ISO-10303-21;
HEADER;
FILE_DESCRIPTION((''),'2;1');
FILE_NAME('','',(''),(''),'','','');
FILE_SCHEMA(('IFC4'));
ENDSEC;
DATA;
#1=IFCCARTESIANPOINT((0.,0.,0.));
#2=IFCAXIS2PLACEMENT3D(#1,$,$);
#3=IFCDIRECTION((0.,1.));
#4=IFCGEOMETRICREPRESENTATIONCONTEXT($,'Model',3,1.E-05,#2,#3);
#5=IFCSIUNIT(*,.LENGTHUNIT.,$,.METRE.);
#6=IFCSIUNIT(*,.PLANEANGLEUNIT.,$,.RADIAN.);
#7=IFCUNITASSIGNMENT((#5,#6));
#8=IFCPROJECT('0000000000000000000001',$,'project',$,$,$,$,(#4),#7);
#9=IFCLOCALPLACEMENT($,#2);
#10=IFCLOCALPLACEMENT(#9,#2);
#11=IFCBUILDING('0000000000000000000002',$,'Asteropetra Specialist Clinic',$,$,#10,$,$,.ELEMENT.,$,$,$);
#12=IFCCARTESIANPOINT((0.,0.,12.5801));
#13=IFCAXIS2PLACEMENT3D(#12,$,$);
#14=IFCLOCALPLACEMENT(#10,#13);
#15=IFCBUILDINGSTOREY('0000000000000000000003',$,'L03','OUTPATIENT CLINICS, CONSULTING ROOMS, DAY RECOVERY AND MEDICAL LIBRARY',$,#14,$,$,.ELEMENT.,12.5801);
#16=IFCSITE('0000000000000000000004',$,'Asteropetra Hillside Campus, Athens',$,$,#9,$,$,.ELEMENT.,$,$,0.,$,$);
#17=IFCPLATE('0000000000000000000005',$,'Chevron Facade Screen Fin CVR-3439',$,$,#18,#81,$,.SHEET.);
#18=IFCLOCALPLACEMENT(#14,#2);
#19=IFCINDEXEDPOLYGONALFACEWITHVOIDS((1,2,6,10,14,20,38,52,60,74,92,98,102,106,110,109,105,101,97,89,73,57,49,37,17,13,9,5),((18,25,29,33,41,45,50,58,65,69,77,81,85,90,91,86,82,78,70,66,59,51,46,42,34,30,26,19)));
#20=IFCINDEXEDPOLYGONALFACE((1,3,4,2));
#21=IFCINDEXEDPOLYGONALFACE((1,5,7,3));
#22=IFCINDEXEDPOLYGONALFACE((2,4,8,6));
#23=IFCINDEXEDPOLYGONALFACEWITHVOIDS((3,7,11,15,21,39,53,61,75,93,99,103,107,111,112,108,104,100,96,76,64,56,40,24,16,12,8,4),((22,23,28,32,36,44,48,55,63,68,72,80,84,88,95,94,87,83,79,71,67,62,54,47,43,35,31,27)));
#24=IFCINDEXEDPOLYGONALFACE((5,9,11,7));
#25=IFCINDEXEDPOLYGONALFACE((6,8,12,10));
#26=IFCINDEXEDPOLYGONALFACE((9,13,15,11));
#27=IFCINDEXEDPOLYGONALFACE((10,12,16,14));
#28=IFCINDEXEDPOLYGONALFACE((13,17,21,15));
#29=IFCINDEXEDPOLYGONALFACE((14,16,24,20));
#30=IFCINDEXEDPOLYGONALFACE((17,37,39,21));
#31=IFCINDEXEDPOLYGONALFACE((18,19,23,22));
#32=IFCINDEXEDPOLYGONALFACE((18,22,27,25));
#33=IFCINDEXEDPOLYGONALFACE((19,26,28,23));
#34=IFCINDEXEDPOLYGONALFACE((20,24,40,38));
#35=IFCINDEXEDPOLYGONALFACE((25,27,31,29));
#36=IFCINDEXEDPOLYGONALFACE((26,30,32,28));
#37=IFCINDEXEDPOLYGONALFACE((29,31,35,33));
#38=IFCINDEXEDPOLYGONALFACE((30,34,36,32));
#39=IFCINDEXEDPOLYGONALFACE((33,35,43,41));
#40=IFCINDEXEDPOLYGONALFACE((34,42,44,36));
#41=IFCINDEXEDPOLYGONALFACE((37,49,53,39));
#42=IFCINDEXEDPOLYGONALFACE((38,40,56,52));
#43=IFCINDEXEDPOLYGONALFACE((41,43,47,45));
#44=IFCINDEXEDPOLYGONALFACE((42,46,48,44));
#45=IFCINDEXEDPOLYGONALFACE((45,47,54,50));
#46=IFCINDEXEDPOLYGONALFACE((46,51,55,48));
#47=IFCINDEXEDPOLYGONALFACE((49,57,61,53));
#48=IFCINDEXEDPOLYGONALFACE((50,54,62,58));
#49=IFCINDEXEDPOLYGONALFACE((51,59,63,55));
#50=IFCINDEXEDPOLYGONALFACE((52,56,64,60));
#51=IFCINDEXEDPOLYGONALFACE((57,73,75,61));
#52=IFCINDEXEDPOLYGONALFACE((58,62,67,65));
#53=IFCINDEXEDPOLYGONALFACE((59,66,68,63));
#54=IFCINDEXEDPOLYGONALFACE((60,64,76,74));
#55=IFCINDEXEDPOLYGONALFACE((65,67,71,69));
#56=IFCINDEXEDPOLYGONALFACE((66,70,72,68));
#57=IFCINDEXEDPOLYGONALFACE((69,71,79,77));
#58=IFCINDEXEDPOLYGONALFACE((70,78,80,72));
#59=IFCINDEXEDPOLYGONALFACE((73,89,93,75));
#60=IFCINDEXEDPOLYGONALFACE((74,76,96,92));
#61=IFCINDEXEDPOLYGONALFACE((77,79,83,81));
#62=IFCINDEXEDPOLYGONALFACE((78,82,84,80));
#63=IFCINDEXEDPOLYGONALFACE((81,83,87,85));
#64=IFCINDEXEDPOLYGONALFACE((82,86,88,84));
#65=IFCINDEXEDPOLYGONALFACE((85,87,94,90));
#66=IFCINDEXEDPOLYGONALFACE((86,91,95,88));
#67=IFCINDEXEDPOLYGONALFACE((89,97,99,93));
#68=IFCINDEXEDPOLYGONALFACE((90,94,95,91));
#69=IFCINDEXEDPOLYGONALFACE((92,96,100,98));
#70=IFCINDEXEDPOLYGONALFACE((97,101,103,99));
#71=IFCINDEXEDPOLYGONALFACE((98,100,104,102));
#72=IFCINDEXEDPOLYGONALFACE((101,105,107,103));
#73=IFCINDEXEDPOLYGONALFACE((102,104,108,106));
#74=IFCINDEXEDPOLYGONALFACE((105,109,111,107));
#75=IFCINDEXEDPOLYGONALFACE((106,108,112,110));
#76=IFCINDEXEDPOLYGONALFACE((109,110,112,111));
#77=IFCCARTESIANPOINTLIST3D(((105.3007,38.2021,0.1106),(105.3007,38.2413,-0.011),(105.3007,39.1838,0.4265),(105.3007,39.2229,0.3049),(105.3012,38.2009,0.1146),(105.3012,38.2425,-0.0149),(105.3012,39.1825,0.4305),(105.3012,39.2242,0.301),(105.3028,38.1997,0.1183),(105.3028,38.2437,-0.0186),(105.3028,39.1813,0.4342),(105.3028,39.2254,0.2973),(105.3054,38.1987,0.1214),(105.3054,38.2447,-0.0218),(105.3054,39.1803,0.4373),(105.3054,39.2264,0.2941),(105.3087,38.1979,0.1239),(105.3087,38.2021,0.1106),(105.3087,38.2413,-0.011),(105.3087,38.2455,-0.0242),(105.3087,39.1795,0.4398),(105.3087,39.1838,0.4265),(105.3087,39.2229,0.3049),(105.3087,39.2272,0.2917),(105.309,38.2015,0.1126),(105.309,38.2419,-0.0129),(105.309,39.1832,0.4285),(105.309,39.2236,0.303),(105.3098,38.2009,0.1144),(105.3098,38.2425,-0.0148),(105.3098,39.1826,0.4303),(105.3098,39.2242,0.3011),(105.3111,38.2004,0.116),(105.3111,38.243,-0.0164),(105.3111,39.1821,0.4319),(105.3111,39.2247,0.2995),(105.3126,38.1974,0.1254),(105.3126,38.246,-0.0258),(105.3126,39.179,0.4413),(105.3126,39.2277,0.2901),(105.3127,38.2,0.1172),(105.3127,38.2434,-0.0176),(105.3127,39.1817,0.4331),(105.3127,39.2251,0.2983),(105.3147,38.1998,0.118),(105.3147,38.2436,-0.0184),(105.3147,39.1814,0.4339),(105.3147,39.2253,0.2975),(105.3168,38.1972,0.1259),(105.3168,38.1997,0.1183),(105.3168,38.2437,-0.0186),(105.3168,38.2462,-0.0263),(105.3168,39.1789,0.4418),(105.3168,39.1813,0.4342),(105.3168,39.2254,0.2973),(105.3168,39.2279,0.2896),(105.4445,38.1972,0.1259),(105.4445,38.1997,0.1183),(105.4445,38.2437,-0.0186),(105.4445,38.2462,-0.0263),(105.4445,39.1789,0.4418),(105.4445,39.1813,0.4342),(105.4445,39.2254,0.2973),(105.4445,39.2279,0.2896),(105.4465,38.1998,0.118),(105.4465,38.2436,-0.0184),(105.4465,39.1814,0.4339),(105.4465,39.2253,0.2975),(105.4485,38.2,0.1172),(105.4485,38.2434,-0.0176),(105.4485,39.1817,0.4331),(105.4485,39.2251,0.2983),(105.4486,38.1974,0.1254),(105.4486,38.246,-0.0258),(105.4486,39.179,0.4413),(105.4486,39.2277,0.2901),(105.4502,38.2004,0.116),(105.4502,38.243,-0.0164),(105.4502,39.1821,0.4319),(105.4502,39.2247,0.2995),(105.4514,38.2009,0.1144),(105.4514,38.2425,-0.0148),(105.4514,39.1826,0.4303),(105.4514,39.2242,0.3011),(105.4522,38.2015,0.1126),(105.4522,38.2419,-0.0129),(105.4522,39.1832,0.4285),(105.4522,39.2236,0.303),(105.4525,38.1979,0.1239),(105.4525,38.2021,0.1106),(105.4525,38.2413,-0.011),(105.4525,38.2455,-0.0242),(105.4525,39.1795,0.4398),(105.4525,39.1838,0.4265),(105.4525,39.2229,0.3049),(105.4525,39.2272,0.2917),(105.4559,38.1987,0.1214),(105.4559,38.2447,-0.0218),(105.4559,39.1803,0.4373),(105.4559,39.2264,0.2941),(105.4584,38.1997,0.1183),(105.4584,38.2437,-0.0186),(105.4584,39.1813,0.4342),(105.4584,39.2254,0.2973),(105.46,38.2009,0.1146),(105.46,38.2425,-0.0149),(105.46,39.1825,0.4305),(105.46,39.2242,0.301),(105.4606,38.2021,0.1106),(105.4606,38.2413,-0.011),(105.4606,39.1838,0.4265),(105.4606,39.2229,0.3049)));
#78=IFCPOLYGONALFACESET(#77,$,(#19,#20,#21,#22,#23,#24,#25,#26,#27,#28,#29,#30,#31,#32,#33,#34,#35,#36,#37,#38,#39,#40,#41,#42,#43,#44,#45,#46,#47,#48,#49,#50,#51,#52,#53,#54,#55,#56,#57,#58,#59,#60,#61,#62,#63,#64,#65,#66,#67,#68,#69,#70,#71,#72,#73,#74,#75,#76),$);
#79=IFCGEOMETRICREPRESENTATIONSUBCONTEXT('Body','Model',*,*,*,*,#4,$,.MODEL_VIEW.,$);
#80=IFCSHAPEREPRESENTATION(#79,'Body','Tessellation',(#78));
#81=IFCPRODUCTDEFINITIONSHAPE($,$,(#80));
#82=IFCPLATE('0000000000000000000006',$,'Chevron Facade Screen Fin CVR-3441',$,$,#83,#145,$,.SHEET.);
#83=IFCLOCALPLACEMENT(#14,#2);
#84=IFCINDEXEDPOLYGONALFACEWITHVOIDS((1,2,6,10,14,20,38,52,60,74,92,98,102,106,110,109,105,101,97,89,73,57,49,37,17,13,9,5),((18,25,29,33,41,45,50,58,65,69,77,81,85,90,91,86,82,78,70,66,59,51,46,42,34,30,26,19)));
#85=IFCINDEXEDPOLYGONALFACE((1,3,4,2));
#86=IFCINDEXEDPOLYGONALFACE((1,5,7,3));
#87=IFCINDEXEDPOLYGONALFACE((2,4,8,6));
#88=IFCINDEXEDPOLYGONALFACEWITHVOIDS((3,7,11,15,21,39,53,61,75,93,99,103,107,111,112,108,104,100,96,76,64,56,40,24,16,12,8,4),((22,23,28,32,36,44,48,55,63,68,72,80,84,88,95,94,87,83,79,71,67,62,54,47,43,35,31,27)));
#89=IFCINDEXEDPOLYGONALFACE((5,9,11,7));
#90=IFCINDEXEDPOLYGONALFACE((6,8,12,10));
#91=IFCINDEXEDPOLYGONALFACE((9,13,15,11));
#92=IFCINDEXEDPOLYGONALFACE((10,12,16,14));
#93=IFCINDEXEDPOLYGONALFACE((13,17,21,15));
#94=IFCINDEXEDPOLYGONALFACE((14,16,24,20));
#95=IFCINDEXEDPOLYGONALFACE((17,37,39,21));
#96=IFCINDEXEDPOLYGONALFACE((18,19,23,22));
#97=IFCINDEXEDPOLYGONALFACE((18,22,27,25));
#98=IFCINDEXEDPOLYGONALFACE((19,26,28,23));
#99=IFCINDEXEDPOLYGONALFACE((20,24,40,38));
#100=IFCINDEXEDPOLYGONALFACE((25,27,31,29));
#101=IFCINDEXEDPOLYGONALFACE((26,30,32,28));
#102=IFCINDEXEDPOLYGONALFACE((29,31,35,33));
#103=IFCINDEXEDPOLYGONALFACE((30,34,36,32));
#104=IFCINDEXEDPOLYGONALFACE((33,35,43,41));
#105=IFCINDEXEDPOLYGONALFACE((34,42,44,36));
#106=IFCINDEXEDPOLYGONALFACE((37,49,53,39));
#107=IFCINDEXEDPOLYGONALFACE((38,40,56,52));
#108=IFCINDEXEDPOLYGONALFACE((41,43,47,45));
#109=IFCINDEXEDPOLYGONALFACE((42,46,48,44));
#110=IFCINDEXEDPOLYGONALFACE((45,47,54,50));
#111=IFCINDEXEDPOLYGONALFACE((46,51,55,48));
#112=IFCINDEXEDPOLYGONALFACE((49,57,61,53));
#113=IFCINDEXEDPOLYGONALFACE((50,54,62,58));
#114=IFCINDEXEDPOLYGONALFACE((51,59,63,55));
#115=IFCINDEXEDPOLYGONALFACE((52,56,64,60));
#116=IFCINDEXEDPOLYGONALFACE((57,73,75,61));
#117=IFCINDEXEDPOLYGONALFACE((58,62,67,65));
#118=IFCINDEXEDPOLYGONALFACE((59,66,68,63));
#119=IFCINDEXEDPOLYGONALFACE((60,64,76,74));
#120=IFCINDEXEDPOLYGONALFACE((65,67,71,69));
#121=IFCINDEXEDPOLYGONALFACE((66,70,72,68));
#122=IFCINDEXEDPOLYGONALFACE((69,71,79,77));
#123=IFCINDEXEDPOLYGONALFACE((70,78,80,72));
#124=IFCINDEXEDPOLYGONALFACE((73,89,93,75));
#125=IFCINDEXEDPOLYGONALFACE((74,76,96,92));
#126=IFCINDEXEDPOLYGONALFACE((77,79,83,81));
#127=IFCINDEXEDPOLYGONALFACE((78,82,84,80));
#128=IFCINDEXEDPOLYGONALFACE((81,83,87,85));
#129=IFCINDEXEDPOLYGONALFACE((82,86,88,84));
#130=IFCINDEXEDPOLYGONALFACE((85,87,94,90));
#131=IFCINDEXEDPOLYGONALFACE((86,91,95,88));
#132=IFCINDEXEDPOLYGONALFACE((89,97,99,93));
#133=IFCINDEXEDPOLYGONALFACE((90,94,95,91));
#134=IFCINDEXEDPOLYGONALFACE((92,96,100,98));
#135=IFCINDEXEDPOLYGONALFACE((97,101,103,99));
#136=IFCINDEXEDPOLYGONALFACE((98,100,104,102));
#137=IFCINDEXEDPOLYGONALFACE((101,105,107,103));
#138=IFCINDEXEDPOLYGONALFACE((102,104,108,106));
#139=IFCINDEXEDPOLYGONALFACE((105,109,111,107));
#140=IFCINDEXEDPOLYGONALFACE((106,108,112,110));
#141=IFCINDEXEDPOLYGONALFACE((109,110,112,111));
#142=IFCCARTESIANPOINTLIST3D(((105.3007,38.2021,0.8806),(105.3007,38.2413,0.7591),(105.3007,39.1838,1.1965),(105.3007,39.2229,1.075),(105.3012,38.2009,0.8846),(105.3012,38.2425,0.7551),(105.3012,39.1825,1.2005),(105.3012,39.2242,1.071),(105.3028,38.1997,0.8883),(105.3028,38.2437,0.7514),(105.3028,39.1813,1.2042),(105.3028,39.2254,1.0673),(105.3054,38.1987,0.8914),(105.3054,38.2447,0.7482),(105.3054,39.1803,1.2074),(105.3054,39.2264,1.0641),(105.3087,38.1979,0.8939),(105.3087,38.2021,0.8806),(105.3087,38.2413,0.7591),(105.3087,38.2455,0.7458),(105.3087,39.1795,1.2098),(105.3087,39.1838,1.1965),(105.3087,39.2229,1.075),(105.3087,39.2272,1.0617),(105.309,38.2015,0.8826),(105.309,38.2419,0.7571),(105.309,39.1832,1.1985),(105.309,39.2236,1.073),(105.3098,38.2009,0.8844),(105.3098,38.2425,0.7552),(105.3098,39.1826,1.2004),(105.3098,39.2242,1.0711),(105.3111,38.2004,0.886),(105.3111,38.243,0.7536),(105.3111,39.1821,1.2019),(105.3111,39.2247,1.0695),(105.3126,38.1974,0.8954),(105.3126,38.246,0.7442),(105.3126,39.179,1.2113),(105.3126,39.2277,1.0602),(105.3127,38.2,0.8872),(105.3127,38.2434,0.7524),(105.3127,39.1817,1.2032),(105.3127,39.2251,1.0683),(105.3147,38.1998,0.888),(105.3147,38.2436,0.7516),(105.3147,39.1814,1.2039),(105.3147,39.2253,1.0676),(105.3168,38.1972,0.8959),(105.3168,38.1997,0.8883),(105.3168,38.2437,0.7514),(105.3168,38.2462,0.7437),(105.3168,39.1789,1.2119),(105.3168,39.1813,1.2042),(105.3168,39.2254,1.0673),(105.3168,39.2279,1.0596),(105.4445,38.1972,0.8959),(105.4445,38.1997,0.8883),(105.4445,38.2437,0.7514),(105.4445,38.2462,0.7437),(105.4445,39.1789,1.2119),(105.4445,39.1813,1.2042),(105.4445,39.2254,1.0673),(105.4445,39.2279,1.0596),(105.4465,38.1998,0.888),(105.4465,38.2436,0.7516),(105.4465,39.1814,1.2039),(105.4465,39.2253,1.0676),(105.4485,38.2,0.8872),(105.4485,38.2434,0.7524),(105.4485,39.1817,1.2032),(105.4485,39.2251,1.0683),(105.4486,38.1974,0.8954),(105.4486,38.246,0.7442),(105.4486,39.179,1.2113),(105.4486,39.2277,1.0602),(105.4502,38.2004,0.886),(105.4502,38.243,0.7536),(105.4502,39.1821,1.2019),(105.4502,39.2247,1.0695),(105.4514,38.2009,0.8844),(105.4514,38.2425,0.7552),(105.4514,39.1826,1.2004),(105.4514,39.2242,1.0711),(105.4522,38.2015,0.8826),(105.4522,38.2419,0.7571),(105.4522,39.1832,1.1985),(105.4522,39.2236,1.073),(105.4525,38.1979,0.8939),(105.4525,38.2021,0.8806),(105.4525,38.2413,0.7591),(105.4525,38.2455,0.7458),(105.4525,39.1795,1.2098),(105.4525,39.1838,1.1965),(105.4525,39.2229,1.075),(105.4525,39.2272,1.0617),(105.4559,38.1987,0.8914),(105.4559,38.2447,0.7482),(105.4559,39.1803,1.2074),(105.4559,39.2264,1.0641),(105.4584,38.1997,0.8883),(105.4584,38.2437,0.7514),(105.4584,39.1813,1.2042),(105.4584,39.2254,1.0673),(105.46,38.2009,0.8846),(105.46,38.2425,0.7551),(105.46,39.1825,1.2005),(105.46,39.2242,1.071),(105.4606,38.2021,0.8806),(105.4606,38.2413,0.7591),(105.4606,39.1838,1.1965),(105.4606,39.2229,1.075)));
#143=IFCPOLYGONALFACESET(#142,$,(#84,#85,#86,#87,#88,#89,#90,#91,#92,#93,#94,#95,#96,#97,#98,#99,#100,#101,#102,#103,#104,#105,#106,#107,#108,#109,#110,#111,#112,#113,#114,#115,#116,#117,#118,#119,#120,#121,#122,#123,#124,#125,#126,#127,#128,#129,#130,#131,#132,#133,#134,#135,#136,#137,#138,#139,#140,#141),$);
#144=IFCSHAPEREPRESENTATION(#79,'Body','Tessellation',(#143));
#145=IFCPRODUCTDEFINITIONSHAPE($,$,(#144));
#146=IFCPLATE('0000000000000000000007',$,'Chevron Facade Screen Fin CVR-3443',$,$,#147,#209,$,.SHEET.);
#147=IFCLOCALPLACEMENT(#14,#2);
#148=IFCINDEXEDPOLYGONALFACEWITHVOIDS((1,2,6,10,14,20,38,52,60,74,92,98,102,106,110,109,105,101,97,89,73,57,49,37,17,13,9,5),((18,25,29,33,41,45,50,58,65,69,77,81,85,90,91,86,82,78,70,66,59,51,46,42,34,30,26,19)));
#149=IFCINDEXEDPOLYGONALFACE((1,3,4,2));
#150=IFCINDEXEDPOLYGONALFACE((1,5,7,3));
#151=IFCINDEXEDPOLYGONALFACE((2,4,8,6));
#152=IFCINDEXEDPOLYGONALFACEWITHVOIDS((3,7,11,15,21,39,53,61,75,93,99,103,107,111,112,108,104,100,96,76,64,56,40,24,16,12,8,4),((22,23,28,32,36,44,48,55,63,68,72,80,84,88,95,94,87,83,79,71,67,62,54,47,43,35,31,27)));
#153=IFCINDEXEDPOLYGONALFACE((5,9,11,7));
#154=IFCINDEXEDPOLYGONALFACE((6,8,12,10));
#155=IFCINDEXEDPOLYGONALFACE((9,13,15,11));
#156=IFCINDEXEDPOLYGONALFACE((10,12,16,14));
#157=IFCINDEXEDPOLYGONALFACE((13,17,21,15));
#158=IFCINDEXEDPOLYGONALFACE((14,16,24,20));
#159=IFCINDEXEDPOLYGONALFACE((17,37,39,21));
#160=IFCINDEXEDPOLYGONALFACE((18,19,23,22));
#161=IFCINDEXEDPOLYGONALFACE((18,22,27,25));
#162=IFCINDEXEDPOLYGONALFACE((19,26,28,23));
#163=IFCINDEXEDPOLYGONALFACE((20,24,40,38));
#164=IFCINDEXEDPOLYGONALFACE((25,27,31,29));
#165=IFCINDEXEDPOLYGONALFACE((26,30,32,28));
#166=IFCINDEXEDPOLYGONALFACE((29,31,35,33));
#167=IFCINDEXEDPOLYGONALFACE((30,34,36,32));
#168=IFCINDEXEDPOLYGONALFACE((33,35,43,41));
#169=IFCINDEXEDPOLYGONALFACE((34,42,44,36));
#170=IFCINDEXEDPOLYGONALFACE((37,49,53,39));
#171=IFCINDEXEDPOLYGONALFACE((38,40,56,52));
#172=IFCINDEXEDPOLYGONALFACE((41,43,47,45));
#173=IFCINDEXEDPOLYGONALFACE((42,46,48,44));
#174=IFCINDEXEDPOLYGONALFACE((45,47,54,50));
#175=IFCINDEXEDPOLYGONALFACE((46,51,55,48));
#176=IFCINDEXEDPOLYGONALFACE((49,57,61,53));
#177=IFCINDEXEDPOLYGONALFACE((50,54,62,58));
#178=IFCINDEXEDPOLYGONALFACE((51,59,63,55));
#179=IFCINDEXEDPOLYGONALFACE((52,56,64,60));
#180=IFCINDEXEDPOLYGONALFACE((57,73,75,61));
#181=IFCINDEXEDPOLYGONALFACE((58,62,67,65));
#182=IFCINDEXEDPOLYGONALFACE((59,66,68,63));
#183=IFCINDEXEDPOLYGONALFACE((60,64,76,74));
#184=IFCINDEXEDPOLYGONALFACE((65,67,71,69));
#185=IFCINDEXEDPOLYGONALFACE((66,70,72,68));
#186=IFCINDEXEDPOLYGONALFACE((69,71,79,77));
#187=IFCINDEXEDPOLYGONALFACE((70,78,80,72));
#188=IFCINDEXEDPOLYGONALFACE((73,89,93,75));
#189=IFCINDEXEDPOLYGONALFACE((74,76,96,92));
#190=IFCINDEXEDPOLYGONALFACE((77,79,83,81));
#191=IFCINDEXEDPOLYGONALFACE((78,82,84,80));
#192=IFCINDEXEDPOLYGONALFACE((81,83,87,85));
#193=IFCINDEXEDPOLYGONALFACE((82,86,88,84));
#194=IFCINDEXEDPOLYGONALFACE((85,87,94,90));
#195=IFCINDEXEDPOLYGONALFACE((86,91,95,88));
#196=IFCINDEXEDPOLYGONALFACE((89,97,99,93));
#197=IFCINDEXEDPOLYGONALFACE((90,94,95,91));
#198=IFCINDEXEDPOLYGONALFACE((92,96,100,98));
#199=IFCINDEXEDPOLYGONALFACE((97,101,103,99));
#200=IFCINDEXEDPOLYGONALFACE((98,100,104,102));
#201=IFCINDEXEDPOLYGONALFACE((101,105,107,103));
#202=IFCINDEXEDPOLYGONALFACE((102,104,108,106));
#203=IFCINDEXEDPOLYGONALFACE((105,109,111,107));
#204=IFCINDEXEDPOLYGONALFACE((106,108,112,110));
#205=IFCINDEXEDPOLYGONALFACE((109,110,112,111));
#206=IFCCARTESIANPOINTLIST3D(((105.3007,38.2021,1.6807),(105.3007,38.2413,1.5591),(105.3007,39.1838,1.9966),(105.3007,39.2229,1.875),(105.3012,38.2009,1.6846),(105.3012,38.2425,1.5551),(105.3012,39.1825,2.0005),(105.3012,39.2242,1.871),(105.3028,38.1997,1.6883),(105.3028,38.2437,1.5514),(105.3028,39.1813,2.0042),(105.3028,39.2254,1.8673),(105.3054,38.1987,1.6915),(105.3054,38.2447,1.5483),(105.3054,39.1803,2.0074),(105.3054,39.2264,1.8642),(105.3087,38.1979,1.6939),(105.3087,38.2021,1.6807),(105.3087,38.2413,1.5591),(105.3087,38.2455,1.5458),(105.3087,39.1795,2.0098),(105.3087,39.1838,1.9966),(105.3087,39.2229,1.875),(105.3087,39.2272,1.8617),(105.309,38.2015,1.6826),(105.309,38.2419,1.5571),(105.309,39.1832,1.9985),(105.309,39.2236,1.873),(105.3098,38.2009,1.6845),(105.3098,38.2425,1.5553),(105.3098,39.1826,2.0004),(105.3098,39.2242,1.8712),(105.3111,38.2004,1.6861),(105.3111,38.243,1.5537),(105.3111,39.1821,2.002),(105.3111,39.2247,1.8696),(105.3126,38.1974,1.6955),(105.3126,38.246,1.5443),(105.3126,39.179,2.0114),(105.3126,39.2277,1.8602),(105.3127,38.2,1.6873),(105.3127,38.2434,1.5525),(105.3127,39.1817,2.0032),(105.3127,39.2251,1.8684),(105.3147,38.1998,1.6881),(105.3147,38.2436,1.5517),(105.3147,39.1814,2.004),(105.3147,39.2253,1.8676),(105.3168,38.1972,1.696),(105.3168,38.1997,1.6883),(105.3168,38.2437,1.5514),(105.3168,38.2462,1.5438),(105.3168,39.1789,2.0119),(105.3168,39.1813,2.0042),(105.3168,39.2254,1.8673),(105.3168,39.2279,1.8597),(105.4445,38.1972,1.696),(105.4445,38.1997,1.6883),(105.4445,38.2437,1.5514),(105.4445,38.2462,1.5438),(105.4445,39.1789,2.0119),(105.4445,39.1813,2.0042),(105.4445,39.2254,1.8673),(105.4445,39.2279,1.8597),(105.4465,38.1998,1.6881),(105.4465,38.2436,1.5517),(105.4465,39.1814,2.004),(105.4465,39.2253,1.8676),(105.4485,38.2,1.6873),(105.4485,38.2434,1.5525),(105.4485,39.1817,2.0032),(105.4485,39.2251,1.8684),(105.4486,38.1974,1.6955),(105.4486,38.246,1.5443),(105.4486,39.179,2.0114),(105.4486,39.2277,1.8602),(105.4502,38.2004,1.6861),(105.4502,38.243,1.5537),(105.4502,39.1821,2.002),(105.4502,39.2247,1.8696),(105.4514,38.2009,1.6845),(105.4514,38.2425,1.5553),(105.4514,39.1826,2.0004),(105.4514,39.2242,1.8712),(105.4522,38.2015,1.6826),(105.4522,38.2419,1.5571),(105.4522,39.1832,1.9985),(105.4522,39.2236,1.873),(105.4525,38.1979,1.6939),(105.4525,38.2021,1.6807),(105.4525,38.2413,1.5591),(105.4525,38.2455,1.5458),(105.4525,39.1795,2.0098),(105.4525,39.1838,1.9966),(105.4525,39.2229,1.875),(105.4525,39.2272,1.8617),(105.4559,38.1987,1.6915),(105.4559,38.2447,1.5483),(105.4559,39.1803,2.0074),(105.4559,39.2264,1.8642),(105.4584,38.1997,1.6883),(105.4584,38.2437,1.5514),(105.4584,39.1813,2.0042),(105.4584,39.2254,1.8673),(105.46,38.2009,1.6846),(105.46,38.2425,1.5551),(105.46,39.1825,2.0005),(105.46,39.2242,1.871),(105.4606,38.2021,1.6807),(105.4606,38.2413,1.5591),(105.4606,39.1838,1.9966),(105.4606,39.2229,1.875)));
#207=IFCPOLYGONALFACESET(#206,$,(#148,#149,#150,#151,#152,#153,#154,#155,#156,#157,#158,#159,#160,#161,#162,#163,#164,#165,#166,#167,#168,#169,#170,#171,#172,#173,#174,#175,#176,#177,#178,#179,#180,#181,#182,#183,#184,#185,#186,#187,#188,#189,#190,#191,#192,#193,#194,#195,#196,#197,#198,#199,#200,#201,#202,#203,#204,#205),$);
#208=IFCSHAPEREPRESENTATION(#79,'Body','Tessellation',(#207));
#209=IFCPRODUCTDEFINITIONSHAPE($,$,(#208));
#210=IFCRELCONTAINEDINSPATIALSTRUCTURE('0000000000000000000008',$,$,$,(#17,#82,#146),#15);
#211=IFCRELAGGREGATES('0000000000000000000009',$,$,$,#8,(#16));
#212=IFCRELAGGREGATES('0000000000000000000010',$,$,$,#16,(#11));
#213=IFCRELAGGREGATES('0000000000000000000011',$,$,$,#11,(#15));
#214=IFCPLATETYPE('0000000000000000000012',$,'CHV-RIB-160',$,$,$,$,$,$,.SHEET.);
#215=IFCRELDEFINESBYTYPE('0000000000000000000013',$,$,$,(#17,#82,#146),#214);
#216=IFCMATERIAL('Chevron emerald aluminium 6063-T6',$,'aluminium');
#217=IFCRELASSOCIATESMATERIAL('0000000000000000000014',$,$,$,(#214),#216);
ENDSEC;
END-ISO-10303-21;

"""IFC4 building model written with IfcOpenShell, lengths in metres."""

from ifc_helpers import new_model, si_unit, direction, frame, origin, origin_2d, place, context, subcontext, project, spatial, hollow_rectangle, extrude, material, material_profile, profile_set, type_object, element, save


model = new_model("IFC4")

# Units and contexts
model_context = context("Model", 3, precision=1e-05, world=origin(), true_north=direction((0.0, 1.0)))
body_context = subcontext(model_context, "Body", "Model", "MODEL_VIEW")
ifc_project = project(units=[si_unit("LENGTHUNIT", "METRE"), si_unit("PLANEANGLEUNIT", "RADIAN")], contexts=[model_context])

# Site, building, storey
site_placement = place(None, origin())
site = spatial("IfcSite", under=ifc_project, at=site_placement, Name="Asteropetra Hillside Campus, Athens", CompositionType="ELEMENT", RefElevation=0.0)
building_placement = place(site_placement, origin())
building = spatial("IfcBuilding", under=site, at=building_placement, Name="Asteropetra Specialist Clinic", CompositionType="ELEMENT")
storey_placement = place(building_placement, frame((0.0, 0.0, 12.5801)))
storey = spatial("IfcBuildingStorey", under=building, at=storey_placement, Name="L03", Description="OUTPATIENT CLINICS, CONSULTING ROOMS, DAY RECOVERY AND MEDICAL LIBRARY", CompositionType="ELEMENT", Elevation=12.5801)

# Plates
ifc_material_1 = material(Name="Chevron emerald aluminium 6063-T6", Category="aluminium")
ifc_material_profile = material_profile(ifc_material_1, hollow_rectangle(XDim=0.1599, YDim=0.1599, WallThickness=0.0081, InnerFilletRadius=0.0081, OuterFilletRadius=0.0161, at=origin_2d()), Name="SHS 160x160x8.0")
ifc_profile_set = profile_set([ifc_material_profile], Name="Chevron emerald aluminium 6063-T6")
plate_type_1 = type_object("IfcPlateType", Name="CHV-RIB-160", PredefinedType="SHEET", material=ifc_profile_set)
for number, where, z_axis, x_axis, name in (
    (1, (105.3806, 39.2034, 0.3657), (0.0, -0.951923, -0.306339), (1.0, 0.0, 0.0), "Chevron Facade Screen Fin CVR-3439"),
    (2, (105.3806, 39.2034, 1.1357), (0.0, -0.951923, -0.306339), (1.0, 0.0, 0.0), "Chevron Facade Screen Fin CVR-3441"),
    (3, (105.3806, 39.2034, 1.9358), (0.0, -0.951923, -0.306339), (1.0, 0.0, 0.0), "Chevron Facade Screen Fin CVR-3443"),
):
    element("IfcPlate", number, at=place(storey_placement, frame(where, z_axis=z_axis, x_axis=x_axis)), inside=storey, type_object=plate_type_1, Name=name, PredefinedType="SHEET", context=body_context, shape_type="SweptSolid", body=[
        extrude(hollow_rectangle(XDim=0.1599, YDim=0.1599, WallThickness=0.0081, InnerFilletRadius=0.0081, OuterFilletRadius=0.0161, at=origin_2d()), origin(), (0.0, 0.0, 1.0), 1.0312),
    ])

save(model, "model.ifc")
